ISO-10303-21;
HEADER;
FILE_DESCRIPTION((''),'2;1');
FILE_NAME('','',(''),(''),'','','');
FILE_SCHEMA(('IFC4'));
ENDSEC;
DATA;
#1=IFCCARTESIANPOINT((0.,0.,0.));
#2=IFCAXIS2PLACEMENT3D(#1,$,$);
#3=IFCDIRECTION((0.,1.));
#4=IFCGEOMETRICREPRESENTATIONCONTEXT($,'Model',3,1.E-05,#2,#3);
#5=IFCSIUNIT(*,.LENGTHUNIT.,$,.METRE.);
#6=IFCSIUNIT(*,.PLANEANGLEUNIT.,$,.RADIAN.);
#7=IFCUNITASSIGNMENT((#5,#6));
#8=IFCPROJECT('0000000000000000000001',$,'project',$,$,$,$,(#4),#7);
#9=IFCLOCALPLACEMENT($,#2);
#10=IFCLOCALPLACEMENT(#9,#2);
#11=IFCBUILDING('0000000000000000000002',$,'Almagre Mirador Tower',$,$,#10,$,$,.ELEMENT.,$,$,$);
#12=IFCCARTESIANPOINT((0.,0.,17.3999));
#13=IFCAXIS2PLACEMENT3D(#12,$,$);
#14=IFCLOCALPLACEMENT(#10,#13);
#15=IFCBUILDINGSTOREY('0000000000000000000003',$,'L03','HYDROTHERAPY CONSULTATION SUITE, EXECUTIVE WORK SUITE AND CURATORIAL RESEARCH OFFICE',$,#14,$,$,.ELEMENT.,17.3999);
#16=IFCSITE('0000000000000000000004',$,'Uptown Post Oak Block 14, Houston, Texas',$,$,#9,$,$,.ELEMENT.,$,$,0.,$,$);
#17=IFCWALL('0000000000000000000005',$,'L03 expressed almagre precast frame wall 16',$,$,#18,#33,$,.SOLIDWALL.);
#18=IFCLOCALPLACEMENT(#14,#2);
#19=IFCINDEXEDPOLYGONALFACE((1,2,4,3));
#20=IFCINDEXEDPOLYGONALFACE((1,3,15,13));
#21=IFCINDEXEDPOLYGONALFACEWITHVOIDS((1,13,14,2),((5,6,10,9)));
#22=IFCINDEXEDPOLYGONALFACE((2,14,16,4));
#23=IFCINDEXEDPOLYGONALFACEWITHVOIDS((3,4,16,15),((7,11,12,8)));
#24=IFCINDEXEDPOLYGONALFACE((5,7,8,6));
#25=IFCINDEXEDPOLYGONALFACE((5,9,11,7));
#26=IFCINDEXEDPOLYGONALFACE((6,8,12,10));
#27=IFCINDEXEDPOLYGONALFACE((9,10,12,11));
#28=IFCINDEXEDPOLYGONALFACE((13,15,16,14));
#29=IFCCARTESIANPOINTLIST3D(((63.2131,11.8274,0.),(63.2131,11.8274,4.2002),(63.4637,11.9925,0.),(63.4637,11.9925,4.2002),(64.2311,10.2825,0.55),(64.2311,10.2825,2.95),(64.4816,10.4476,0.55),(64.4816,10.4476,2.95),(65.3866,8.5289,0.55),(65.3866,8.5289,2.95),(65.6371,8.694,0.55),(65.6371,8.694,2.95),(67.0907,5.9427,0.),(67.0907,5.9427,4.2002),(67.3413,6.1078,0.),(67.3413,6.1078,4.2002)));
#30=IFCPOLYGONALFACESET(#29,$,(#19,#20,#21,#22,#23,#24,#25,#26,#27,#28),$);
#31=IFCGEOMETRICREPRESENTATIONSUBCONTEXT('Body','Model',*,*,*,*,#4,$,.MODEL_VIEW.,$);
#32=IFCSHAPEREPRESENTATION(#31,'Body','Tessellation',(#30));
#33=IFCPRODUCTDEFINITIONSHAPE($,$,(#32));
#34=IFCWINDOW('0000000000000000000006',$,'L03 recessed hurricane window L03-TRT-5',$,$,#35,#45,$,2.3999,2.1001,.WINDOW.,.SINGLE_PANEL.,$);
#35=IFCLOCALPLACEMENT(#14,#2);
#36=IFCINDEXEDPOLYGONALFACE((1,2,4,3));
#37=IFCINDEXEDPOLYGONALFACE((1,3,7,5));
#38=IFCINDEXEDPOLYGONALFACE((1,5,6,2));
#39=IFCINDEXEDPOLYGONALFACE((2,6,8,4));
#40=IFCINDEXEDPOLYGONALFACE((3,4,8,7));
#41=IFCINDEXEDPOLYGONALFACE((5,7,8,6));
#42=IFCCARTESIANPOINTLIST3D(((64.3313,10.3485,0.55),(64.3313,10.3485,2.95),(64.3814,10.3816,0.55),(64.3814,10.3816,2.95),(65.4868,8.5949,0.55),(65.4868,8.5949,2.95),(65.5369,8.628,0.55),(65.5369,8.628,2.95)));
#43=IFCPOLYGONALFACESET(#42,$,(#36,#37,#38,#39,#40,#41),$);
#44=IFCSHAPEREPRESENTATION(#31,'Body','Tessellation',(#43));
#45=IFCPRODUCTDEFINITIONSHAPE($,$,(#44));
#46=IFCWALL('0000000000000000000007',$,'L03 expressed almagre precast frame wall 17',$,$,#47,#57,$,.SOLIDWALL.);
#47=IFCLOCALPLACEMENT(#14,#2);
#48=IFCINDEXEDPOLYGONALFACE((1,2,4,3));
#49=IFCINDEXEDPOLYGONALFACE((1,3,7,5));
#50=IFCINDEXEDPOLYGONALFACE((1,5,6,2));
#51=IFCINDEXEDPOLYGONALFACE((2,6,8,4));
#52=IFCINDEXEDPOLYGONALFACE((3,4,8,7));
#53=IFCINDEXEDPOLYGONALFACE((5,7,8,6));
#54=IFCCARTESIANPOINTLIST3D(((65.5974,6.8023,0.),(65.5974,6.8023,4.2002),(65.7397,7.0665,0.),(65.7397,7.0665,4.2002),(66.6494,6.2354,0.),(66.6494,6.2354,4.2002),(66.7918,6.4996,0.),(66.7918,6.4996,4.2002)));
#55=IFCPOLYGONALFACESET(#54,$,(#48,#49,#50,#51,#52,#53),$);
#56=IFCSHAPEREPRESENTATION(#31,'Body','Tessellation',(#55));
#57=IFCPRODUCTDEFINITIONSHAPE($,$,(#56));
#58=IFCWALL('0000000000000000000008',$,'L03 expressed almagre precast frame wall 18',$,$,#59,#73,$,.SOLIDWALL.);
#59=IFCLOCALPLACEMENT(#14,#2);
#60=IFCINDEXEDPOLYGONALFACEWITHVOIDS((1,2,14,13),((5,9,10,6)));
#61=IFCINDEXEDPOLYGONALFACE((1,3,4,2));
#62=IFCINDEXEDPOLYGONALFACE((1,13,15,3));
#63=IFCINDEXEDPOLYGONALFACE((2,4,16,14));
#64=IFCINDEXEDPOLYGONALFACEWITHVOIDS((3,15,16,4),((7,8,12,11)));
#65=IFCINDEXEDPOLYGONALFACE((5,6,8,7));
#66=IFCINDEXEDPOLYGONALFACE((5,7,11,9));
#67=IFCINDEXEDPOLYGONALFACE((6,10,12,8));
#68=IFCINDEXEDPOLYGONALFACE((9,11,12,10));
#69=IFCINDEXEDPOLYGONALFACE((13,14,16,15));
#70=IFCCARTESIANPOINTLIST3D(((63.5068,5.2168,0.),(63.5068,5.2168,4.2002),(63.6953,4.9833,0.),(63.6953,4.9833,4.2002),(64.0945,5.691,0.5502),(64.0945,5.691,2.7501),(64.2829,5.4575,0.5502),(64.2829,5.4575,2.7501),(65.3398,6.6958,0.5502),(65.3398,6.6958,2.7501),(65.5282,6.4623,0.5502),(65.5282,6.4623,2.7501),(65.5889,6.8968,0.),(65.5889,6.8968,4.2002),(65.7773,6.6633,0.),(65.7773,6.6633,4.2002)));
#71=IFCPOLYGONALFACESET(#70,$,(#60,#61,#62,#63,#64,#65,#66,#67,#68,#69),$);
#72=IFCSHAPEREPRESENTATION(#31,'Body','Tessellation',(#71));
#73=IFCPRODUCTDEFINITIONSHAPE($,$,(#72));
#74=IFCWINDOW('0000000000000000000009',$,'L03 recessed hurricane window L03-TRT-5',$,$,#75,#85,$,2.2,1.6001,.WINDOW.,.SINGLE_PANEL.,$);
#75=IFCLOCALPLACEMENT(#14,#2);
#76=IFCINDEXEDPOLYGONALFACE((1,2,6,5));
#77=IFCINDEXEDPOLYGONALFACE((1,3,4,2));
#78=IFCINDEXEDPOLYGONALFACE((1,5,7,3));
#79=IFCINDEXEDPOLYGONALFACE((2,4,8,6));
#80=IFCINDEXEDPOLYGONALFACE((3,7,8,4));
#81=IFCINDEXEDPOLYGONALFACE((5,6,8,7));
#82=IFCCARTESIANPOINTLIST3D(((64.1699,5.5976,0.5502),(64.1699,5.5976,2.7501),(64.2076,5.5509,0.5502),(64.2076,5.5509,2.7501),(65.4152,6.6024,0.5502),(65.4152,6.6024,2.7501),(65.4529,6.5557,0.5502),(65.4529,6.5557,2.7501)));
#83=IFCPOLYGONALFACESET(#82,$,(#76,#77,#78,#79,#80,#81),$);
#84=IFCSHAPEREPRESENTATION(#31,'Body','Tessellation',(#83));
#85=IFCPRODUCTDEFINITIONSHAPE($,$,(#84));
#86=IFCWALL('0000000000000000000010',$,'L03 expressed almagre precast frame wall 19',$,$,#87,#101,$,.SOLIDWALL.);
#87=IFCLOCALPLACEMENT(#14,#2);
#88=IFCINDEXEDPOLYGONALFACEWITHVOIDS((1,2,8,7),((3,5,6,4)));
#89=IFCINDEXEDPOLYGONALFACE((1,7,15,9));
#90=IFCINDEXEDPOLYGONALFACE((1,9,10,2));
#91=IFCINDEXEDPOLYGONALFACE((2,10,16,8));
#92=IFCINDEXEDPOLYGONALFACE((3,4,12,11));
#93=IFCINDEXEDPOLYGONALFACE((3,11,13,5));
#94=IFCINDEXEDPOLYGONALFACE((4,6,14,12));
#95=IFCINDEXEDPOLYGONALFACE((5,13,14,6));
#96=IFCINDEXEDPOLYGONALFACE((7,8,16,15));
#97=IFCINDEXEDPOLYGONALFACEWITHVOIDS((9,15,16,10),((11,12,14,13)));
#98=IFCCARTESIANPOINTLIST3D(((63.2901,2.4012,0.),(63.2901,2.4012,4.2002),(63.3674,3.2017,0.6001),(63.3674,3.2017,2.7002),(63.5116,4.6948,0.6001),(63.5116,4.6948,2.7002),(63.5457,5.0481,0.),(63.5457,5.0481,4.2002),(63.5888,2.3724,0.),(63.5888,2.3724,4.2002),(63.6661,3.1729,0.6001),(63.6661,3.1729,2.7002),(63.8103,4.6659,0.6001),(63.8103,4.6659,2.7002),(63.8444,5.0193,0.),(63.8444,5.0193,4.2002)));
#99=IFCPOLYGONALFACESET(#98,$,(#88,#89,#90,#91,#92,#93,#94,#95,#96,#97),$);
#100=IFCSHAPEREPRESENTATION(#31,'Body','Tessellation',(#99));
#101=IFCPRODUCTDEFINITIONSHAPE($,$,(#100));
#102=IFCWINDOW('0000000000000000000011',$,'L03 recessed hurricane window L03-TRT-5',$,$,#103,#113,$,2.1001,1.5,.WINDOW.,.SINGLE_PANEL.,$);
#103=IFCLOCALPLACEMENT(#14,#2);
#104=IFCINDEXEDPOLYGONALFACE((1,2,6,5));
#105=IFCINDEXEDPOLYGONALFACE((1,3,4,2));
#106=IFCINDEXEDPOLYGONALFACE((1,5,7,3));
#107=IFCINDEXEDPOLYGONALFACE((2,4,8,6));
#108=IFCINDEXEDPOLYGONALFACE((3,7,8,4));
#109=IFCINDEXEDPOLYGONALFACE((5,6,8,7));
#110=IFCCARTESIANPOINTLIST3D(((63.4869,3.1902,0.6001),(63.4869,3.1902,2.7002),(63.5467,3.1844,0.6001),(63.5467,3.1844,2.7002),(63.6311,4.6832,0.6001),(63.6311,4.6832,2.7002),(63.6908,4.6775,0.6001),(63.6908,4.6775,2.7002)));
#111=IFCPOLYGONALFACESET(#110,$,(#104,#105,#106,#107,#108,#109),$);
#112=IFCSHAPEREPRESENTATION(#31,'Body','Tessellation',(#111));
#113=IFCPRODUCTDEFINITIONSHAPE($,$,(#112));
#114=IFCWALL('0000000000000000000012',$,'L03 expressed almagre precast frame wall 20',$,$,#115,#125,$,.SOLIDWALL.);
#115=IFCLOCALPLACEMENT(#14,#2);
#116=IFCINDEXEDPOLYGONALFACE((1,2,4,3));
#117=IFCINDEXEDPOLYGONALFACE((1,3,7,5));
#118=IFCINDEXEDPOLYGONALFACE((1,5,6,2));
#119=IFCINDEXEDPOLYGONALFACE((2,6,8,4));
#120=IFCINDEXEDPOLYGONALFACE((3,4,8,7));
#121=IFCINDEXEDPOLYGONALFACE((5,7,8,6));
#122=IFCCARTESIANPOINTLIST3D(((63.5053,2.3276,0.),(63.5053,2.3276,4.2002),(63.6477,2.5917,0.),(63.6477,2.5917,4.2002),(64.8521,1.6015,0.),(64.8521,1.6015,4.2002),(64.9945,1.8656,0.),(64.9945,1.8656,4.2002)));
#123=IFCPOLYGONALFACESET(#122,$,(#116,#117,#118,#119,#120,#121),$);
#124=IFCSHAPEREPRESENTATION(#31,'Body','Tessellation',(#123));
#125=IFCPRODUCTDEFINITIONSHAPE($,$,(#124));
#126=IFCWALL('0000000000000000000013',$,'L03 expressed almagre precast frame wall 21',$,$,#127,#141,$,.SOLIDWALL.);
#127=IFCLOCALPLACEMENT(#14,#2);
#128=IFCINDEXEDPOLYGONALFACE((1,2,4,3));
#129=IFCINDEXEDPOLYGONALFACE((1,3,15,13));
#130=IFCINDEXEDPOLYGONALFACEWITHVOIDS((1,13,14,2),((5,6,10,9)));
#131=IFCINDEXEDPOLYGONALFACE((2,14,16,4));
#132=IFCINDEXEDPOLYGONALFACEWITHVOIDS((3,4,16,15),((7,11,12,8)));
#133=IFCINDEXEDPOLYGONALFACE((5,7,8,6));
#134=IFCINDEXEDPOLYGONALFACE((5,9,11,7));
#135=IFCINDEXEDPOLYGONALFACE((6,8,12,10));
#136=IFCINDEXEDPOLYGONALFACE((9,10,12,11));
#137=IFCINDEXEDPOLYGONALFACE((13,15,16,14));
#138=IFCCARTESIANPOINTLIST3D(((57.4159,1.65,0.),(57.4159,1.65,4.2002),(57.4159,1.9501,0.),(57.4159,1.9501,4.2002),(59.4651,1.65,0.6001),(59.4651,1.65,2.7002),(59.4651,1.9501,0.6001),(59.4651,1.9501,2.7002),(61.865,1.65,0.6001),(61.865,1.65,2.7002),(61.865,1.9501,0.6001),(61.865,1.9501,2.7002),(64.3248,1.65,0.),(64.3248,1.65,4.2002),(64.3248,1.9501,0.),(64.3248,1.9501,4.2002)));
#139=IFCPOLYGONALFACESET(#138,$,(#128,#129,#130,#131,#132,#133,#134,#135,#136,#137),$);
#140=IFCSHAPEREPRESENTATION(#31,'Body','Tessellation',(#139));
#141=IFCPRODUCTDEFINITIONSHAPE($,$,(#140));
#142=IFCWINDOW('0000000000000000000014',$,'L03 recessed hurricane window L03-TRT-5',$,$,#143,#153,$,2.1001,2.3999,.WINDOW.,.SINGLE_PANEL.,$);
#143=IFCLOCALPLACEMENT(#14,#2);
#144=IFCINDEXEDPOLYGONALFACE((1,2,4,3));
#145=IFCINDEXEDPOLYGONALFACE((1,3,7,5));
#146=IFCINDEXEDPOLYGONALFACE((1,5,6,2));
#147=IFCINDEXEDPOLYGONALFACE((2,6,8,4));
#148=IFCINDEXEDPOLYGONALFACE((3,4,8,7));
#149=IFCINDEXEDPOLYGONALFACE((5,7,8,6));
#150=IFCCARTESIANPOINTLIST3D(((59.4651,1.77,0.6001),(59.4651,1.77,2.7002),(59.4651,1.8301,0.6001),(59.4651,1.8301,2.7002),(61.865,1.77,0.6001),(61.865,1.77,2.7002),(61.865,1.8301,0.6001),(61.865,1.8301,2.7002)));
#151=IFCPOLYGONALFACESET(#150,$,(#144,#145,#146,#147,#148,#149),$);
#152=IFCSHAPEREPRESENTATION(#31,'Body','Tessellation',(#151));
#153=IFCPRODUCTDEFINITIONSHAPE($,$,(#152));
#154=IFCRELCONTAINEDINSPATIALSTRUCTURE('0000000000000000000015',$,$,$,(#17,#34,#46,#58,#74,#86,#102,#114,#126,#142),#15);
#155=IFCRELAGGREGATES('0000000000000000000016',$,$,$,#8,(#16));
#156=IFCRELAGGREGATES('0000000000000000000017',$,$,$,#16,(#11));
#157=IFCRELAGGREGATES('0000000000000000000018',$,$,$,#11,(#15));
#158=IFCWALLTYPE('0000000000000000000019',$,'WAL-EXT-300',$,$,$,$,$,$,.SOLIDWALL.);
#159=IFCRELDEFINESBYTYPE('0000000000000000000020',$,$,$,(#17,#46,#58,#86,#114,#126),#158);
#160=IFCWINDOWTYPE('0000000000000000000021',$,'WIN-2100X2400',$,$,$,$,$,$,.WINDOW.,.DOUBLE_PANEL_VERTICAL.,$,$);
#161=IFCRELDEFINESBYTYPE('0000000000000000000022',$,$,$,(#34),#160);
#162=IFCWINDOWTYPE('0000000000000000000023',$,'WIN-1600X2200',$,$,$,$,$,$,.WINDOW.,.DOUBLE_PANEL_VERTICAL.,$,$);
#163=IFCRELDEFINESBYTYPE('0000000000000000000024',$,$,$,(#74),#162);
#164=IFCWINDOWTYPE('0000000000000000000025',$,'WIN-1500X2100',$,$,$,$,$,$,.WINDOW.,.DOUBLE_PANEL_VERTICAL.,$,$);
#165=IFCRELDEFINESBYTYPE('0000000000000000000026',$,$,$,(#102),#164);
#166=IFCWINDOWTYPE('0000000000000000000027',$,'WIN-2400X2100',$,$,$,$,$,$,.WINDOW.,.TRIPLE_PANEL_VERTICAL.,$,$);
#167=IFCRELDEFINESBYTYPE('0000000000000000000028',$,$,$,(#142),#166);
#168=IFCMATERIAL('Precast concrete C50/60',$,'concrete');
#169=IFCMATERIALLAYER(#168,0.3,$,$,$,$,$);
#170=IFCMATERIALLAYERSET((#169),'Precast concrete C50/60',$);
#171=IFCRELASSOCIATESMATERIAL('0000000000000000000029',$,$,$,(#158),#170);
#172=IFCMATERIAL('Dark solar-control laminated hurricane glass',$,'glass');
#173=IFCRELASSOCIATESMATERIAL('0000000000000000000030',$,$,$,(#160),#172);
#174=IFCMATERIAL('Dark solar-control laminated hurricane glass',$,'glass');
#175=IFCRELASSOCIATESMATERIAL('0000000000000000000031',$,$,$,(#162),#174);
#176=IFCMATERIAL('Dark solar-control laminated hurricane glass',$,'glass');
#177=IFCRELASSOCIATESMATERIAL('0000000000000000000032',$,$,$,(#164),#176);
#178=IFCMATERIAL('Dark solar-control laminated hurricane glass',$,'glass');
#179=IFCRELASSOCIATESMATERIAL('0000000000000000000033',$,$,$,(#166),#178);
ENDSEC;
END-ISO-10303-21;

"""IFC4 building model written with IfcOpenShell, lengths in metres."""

from ifc_helpers import new_model, si_unit, direction, frame, frame_2d, origin, place, context, subcontext, project, spatial, rectangle, extrude, material, layer, layer_set, type_object, element, fill, save


model = new_model("IFC4")

# Units and contexts
model_context = context("Model", 3, precision=1e-05, world=origin(), true_north=direction((0.0, 1.0)))
body_context = subcontext(model_context, "Body", "Model", "MODEL_VIEW")
ifc_project = project(units=[si_unit("LENGTHUNIT", "METRE"), si_unit("PLANEANGLEUNIT", "RADIAN")], contexts=[model_context])

# Site, building, storey
site_placement = place(None, origin())
site = spatial("IfcSite", under=ifc_project, at=site_placement, Name="Uptown Post Oak Block 14, Houston, Texas", CompositionType="ELEMENT", RefElevation=0.0)
building_placement = place(site_placement, origin())
building = spatial("IfcBuilding", under=site, at=building_placement, Name="Almagre Mirador Tower", CompositionType="ELEMENT")
storey_placement = place(building_placement, frame((0.0, 0.0, 17.3999)))
storey = spatial("IfcBuildingStorey", under=building, at=storey_placement, Name="L03", Description="HYDROTHERAPY CONSULTATION SUITE, EXECUTIVE WORK SUITE AND CURATORIAL RESEARCH OFFICE", CompositionType="ELEMENT", Elevation=17.3999)

# Wall, opening, window
ifc_material_1 = material(Name="Precast concrete C50/60", Category="concrete")
ifc_layer_1 = layer(ifc_material_1, 0.3)
ifc_layer_set_1 = layer_set([ifc_layer_1], Name="Precast concrete C50/60")
wall_type_1 = type_object("IfcWallType", Name="WAL-EXT-300", PredefinedType="SOLIDWALL", material=ifc_layer_set_1)
wall_1_placement = place(storey_placement, frame((63.3384, 11.9099, 0.0), z_axis=(0.0, 0.0, 1.0), x_axis=(0.550223, -0.835018, 0.0)))
wall_1 = element("IfcWall", 1, at=wall_1_placement, inside=storey, type_object=wall_type_1, Name="L03 expressed almagre precast frame wall 16", PredefinedType="SOLIDWALL", context=body_context, shape_type="SweptSolid", body=[
    extrude(rectangle(XDim=7.0474, YDim=0.3, at=frame_2d((3.5237, 0.0))), origin(), (0.0, 0.0, 1.0), 4.2002),
])
opening_1_placement = place(wall_1_placement, frame((1.8501, 0.0, 0.55)))
opening_1 = element("IfcOpeningElement", 2, at=opening_1_placement, cuts=wall_1, PredefinedType="OPENING", context=body_context, shape_type="SweptSolid", body=[
    extrude(rectangle(XDim=2.1001, YDim=2.3999, at=frame_2d((1.05, 1.2))), frame((0.0, 0.1599, 0.0), z_axis=(0.0, -1.0, 0.0), x_axis=(1.0, 0.0, 0.0)), (0.0, 0.0, 1.0), 0.32),
])
ifc_material_2 = material(Name="Dark solar-control laminated hurricane glass", Category="glass")
window_type_1 = type_object("IfcWindowType", Name="WIN-2100X2400", PartitioningType="DOUBLE_PANEL_VERTICAL", PredefinedType="WINDOW", material=ifc_material_2)
window_1_placement = place(opening_1_placement, origin())
window_1 = element("IfcWindow", 3, at=window_1_placement, inside=storey, type_object=window_type_1, Name="L03 recessed hurricane window L03-TRT-5", OverallHeight=2.3999, OverallWidth=2.1001, PartitioningType="SINGLE_PANEL", PredefinedType="WINDOW", context=body_context, shape_type="SweptSolid", body=[
    extrude(rectangle(XDim=2.1001, YDim=2.3999, at=frame_2d((1.05, 1.2))), frame((0.0, 0.03, 0.0), z_axis=(0.0, -1.0, 0.0), x_axis=(1.0, 0.0, 0.0)), (0.0, 0.0, 1.0), 0.0601),
])
fill(opening_1, window_1)

# Wall
wall_2_placement = place(storey_placement, frame((66.7207, 6.3674, 0.0), z_axis=(0.0, 0.0, 1.0), x_axis=(-0.88032, 0.47438, 0.0)))
element("IfcWall", 4, at=wall_2_placement, inside=storey, type_object=wall_type_1, Name="L03 expressed almagre precast frame wall 17", PredefinedType="SOLIDWALL", context=body_context, shape_type="SweptSolid", body=[
    extrude(rectangle(XDim=1.1951, YDim=0.3, at=frame_2d((0.5977, 0.0))), origin(), (0.0, 0.0, 1.0), 4.2002),
])

# Walls, openings, windows
wall_3_placement = place(storey_placement, frame((65.6831, 6.78, 0.0), z_axis=(0.0, 0.0, 1.0), x_axis=(-0.778253, -0.62795, 0.0)))
wall_3 = element("IfcWall", 5, at=wall_3_placement, inside=storey, type_object=wall_type_1, Name="L03 expressed almagre precast frame wall 18", PredefinedType="SOLIDWALL", context=body_context, shape_type="SweptSolid", body=[
    extrude(rectangle(XDim=2.6753, YDim=0.3, at=frame_2d((1.3376, 0.0))), origin(), (0.0, 0.0, 1.0), 4.2002),
])
opening_2_placement = place(wall_3_placement, frame((0.3201, 0.0, 0.55)))
opening_2 = element("IfcOpeningElement", 6, at=opening_2_placement, cuts=wall_3, PredefinedType="OPENING", context=body_context, shape_type="SweptSolid", body=[
    extrude(rectangle(XDim=1.6001, YDim=2.2, at=frame_2d((0.8, 1.1001))), frame((0.0, 0.1599, 0.0), z_axis=(0.0, -1.0, 0.0), x_axis=(1.0, 0.0, 0.0)), (0.0, 0.0, 1.0), 0.32),
])
ifc_material_3 = material(Name="Dark solar-control laminated hurricane glass", Category="glass")
window_type_2 = type_object("IfcWindowType", Name="WIN-1600X2200", PartitioningType="DOUBLE_PANEL_VERTICAL", PredefinedType="WINDOW", material=ifc_material_3)
window_2_placement = place(opening_2_placement, origin())
window_2 = element("IfcWindow", 7, at=window_2_placement, inside=storey, type_object=window_type_2, Name="L03 recessed hurricane window L03-TRT-5", OverallHeight=2.2, OverallWidth=1.6001, PartitioningType="SINGLE_PANEL", PredefinedType="WINDOW", context=body_context, shape_type="SweptSolid", body=[
    extrude(rectangle(XDim=1.6001, YDim=2.2, at=frame_2d((0.8, 1.1001))), frame((0.0, 0.03, 0.0), z_axis=(0.0, -1.0, 0.0), x_axis=(1.0, 0.0, 0.0)), (0.0, 0.0, 1.0), 0.0601),
])
fill(opening_2, window_2)
wall_4_placement = place(storey_placement, frame((63.6951, 5.0337, 0.0), z_axis=(0.0, 0.0, 1.0), x_axis=(-0.096122, -0.99537, 0.0)))
wall_4 = element("IfcWall", 8, at=wall_4_placement, inside=storey, type_object=wall_type_1, Name="L03 expressed almagre precast frame wall 19", PredefinedType="SOLIDWALL", context=body_context, shape_type="SweptSolid", body=[
    extrude(rectangle(XDim=2.6592, YDim=0.3, at=frame_2d((1.3296, 0.0))), origin(), (0.0, 0.0, 1.0), 4.2002),
])
opening_3_placement = place(wall_4_placement, frame((0.355, 0.0, 0.6001)))
opening_3 = element("IfcOpeningElement", 9, at=opening_3_placement, cuts=wall_4, PredefinedType="OPENING", context=body_context, shape_type="SweptSolid", body=[
    extrude(rectangle(XDim=1.5, YDim=2.1001, at=frame_2d((0.75, 1.05))), frame((0.0, 0.1599, 0.0), z_axis=(0.0, -1.0, 0.0), x_axis=(1.0, 0.0, 0.0)), (0.0, 0.0, 1.0), 0.32),
])
ifc_material_4 = material(Name="Dark solar-control laminated hurricane glass", Category="glass")
window_type_3 = type_object("IfcWindowType", Name="WIN-1500X2100", PartitioningType="DOUBLE_PANEL_VERTICAL", PredefinedType="WINDOW", material=ifc_material_4)
window_3_placement = place(opening_3_placement, origin())
window_3 = element("IfcWindow", 10, at=window_3_placement, inside=storey, type_object=window_type_3, Name="L03 recessed hurricane window L03-TRT-5", OverallHeight=2.1001, OverallWidth=1.5, PartitioningType="SINGLE_PANEL", PredefinedType="WINDOW", context=body_context, shape_type="SweptSolid", body=[
    extrude(rectangle(XDim=1.5, YDim=2.1001, at=frame_2d((0.75, 1.05))), frame((0.0, 0.03, 0.0), z_axis=(0.0, -1.0, 0.0), x_axis=(1.0, 0.0, 0.0)), (0.0, 0.0, 1.0), 0.0601),
])
fill(opening_3, window_3)

# Wall
wall_5_placement = place(storey_placement, frame((63.5764, 2.4597, 0.0), z_axis=(0.0, 0.0, 1.0), x_axis=(0.880215, -0.474576, 0.0)))
element("IfcWall", 11, at=wall_5_placement, inside=storey, type_object=wall_type_1, Name="L03 expressed almagre precast frame wall 20", PredefinedType="SOLIDWALL", context=body_context, shape_type="SweptSolid", body=[
    extrude(rectangle(XDim=1.53, YDim=0.3, at=frame_2d((0.7651, 0.0))), origin(), (0.0, 0.0, 1.0), 4.2002),
])

# Wall, opening, window
wall_6_placement = place(storey_placement, frame((64.325, 1.8, 0.0), z_axis=(0.0, 0.0, 1.0), x_axis=(-1.0, 0.0, 0.0)))
wall_6 = element("IfcWall", 12, at=wall_6_placement, inside=storey, type_object=wall_type_1, Name="L03 expressed almagre precast frame wall 21", PredefinedType="SOLIDWALL", context=body_context, shape_type="SweptSolid", body=[
    extrude(rectangle(XDim=6.9089, YDim=0.3, at=frame_2d((3.4546, 0.0))), origin(), (0.0, 0.0, 1.0), 4.2002),
])
opening_4_placement = place(wall_6_placement, frame((2.46, 0.0, 0.6001)))
opening_4 = element("IfcOpeningElement", 13, at=opening_4_placement, cuts=wall_6, PredefinedType="OPENING", context=body_context, shape_type="SweptSolid", body=[
    extrude(rectangle(XDim=2.3999, YDim=2.1001, at=frame_2d((1.2, 1.05))), frame((0.0, 0.1599, 0.0), z_axis=(0.0, -1.0, 0.0), x_axis=(1.0, 0.0, 0.0)), (0.0, 0.0, 1.0), 0.32),
])
ifc_material_5 = material(Name="Dark solar-control laminated hurricane glass", Category="glass")
window_type_4 = type_object("IfcWindowType", Name="WIN-2400X2100", PartitioningType="TRIPLE_PANEL_VERTICAL", PredefinedType="WINDOW", material=ifc_material_5)
window_4_placement = place(opening_4_placement, origin())
window_4 = element("IfcWindow", 14, at=window_4_placement, inside=storey, type_object=window_type_4, Name="L03 recessed hurricane window L03-TRT-5", OverallHeight=2.1001, OverallWidth=2.3999, PartitioningType="SINGLE_PANEL", PredefinedType="WINDOW", context=body_context, shape_type="SweptSolid", body=[
    extrude(rectangle(XDim=2.3999, YDim=2.1001, at=frame_2d((1.2, 1.05))), frame((0.0, 0.03, 0.0), z_axis=(0.0, -1.0, 0.0), x_axis=(1.0, 0.0, 0.0)), (0.0, 0.0, 1.0), 0.0601),
])
fill(opening_4, window_4)

save(model, "model.ifc")
